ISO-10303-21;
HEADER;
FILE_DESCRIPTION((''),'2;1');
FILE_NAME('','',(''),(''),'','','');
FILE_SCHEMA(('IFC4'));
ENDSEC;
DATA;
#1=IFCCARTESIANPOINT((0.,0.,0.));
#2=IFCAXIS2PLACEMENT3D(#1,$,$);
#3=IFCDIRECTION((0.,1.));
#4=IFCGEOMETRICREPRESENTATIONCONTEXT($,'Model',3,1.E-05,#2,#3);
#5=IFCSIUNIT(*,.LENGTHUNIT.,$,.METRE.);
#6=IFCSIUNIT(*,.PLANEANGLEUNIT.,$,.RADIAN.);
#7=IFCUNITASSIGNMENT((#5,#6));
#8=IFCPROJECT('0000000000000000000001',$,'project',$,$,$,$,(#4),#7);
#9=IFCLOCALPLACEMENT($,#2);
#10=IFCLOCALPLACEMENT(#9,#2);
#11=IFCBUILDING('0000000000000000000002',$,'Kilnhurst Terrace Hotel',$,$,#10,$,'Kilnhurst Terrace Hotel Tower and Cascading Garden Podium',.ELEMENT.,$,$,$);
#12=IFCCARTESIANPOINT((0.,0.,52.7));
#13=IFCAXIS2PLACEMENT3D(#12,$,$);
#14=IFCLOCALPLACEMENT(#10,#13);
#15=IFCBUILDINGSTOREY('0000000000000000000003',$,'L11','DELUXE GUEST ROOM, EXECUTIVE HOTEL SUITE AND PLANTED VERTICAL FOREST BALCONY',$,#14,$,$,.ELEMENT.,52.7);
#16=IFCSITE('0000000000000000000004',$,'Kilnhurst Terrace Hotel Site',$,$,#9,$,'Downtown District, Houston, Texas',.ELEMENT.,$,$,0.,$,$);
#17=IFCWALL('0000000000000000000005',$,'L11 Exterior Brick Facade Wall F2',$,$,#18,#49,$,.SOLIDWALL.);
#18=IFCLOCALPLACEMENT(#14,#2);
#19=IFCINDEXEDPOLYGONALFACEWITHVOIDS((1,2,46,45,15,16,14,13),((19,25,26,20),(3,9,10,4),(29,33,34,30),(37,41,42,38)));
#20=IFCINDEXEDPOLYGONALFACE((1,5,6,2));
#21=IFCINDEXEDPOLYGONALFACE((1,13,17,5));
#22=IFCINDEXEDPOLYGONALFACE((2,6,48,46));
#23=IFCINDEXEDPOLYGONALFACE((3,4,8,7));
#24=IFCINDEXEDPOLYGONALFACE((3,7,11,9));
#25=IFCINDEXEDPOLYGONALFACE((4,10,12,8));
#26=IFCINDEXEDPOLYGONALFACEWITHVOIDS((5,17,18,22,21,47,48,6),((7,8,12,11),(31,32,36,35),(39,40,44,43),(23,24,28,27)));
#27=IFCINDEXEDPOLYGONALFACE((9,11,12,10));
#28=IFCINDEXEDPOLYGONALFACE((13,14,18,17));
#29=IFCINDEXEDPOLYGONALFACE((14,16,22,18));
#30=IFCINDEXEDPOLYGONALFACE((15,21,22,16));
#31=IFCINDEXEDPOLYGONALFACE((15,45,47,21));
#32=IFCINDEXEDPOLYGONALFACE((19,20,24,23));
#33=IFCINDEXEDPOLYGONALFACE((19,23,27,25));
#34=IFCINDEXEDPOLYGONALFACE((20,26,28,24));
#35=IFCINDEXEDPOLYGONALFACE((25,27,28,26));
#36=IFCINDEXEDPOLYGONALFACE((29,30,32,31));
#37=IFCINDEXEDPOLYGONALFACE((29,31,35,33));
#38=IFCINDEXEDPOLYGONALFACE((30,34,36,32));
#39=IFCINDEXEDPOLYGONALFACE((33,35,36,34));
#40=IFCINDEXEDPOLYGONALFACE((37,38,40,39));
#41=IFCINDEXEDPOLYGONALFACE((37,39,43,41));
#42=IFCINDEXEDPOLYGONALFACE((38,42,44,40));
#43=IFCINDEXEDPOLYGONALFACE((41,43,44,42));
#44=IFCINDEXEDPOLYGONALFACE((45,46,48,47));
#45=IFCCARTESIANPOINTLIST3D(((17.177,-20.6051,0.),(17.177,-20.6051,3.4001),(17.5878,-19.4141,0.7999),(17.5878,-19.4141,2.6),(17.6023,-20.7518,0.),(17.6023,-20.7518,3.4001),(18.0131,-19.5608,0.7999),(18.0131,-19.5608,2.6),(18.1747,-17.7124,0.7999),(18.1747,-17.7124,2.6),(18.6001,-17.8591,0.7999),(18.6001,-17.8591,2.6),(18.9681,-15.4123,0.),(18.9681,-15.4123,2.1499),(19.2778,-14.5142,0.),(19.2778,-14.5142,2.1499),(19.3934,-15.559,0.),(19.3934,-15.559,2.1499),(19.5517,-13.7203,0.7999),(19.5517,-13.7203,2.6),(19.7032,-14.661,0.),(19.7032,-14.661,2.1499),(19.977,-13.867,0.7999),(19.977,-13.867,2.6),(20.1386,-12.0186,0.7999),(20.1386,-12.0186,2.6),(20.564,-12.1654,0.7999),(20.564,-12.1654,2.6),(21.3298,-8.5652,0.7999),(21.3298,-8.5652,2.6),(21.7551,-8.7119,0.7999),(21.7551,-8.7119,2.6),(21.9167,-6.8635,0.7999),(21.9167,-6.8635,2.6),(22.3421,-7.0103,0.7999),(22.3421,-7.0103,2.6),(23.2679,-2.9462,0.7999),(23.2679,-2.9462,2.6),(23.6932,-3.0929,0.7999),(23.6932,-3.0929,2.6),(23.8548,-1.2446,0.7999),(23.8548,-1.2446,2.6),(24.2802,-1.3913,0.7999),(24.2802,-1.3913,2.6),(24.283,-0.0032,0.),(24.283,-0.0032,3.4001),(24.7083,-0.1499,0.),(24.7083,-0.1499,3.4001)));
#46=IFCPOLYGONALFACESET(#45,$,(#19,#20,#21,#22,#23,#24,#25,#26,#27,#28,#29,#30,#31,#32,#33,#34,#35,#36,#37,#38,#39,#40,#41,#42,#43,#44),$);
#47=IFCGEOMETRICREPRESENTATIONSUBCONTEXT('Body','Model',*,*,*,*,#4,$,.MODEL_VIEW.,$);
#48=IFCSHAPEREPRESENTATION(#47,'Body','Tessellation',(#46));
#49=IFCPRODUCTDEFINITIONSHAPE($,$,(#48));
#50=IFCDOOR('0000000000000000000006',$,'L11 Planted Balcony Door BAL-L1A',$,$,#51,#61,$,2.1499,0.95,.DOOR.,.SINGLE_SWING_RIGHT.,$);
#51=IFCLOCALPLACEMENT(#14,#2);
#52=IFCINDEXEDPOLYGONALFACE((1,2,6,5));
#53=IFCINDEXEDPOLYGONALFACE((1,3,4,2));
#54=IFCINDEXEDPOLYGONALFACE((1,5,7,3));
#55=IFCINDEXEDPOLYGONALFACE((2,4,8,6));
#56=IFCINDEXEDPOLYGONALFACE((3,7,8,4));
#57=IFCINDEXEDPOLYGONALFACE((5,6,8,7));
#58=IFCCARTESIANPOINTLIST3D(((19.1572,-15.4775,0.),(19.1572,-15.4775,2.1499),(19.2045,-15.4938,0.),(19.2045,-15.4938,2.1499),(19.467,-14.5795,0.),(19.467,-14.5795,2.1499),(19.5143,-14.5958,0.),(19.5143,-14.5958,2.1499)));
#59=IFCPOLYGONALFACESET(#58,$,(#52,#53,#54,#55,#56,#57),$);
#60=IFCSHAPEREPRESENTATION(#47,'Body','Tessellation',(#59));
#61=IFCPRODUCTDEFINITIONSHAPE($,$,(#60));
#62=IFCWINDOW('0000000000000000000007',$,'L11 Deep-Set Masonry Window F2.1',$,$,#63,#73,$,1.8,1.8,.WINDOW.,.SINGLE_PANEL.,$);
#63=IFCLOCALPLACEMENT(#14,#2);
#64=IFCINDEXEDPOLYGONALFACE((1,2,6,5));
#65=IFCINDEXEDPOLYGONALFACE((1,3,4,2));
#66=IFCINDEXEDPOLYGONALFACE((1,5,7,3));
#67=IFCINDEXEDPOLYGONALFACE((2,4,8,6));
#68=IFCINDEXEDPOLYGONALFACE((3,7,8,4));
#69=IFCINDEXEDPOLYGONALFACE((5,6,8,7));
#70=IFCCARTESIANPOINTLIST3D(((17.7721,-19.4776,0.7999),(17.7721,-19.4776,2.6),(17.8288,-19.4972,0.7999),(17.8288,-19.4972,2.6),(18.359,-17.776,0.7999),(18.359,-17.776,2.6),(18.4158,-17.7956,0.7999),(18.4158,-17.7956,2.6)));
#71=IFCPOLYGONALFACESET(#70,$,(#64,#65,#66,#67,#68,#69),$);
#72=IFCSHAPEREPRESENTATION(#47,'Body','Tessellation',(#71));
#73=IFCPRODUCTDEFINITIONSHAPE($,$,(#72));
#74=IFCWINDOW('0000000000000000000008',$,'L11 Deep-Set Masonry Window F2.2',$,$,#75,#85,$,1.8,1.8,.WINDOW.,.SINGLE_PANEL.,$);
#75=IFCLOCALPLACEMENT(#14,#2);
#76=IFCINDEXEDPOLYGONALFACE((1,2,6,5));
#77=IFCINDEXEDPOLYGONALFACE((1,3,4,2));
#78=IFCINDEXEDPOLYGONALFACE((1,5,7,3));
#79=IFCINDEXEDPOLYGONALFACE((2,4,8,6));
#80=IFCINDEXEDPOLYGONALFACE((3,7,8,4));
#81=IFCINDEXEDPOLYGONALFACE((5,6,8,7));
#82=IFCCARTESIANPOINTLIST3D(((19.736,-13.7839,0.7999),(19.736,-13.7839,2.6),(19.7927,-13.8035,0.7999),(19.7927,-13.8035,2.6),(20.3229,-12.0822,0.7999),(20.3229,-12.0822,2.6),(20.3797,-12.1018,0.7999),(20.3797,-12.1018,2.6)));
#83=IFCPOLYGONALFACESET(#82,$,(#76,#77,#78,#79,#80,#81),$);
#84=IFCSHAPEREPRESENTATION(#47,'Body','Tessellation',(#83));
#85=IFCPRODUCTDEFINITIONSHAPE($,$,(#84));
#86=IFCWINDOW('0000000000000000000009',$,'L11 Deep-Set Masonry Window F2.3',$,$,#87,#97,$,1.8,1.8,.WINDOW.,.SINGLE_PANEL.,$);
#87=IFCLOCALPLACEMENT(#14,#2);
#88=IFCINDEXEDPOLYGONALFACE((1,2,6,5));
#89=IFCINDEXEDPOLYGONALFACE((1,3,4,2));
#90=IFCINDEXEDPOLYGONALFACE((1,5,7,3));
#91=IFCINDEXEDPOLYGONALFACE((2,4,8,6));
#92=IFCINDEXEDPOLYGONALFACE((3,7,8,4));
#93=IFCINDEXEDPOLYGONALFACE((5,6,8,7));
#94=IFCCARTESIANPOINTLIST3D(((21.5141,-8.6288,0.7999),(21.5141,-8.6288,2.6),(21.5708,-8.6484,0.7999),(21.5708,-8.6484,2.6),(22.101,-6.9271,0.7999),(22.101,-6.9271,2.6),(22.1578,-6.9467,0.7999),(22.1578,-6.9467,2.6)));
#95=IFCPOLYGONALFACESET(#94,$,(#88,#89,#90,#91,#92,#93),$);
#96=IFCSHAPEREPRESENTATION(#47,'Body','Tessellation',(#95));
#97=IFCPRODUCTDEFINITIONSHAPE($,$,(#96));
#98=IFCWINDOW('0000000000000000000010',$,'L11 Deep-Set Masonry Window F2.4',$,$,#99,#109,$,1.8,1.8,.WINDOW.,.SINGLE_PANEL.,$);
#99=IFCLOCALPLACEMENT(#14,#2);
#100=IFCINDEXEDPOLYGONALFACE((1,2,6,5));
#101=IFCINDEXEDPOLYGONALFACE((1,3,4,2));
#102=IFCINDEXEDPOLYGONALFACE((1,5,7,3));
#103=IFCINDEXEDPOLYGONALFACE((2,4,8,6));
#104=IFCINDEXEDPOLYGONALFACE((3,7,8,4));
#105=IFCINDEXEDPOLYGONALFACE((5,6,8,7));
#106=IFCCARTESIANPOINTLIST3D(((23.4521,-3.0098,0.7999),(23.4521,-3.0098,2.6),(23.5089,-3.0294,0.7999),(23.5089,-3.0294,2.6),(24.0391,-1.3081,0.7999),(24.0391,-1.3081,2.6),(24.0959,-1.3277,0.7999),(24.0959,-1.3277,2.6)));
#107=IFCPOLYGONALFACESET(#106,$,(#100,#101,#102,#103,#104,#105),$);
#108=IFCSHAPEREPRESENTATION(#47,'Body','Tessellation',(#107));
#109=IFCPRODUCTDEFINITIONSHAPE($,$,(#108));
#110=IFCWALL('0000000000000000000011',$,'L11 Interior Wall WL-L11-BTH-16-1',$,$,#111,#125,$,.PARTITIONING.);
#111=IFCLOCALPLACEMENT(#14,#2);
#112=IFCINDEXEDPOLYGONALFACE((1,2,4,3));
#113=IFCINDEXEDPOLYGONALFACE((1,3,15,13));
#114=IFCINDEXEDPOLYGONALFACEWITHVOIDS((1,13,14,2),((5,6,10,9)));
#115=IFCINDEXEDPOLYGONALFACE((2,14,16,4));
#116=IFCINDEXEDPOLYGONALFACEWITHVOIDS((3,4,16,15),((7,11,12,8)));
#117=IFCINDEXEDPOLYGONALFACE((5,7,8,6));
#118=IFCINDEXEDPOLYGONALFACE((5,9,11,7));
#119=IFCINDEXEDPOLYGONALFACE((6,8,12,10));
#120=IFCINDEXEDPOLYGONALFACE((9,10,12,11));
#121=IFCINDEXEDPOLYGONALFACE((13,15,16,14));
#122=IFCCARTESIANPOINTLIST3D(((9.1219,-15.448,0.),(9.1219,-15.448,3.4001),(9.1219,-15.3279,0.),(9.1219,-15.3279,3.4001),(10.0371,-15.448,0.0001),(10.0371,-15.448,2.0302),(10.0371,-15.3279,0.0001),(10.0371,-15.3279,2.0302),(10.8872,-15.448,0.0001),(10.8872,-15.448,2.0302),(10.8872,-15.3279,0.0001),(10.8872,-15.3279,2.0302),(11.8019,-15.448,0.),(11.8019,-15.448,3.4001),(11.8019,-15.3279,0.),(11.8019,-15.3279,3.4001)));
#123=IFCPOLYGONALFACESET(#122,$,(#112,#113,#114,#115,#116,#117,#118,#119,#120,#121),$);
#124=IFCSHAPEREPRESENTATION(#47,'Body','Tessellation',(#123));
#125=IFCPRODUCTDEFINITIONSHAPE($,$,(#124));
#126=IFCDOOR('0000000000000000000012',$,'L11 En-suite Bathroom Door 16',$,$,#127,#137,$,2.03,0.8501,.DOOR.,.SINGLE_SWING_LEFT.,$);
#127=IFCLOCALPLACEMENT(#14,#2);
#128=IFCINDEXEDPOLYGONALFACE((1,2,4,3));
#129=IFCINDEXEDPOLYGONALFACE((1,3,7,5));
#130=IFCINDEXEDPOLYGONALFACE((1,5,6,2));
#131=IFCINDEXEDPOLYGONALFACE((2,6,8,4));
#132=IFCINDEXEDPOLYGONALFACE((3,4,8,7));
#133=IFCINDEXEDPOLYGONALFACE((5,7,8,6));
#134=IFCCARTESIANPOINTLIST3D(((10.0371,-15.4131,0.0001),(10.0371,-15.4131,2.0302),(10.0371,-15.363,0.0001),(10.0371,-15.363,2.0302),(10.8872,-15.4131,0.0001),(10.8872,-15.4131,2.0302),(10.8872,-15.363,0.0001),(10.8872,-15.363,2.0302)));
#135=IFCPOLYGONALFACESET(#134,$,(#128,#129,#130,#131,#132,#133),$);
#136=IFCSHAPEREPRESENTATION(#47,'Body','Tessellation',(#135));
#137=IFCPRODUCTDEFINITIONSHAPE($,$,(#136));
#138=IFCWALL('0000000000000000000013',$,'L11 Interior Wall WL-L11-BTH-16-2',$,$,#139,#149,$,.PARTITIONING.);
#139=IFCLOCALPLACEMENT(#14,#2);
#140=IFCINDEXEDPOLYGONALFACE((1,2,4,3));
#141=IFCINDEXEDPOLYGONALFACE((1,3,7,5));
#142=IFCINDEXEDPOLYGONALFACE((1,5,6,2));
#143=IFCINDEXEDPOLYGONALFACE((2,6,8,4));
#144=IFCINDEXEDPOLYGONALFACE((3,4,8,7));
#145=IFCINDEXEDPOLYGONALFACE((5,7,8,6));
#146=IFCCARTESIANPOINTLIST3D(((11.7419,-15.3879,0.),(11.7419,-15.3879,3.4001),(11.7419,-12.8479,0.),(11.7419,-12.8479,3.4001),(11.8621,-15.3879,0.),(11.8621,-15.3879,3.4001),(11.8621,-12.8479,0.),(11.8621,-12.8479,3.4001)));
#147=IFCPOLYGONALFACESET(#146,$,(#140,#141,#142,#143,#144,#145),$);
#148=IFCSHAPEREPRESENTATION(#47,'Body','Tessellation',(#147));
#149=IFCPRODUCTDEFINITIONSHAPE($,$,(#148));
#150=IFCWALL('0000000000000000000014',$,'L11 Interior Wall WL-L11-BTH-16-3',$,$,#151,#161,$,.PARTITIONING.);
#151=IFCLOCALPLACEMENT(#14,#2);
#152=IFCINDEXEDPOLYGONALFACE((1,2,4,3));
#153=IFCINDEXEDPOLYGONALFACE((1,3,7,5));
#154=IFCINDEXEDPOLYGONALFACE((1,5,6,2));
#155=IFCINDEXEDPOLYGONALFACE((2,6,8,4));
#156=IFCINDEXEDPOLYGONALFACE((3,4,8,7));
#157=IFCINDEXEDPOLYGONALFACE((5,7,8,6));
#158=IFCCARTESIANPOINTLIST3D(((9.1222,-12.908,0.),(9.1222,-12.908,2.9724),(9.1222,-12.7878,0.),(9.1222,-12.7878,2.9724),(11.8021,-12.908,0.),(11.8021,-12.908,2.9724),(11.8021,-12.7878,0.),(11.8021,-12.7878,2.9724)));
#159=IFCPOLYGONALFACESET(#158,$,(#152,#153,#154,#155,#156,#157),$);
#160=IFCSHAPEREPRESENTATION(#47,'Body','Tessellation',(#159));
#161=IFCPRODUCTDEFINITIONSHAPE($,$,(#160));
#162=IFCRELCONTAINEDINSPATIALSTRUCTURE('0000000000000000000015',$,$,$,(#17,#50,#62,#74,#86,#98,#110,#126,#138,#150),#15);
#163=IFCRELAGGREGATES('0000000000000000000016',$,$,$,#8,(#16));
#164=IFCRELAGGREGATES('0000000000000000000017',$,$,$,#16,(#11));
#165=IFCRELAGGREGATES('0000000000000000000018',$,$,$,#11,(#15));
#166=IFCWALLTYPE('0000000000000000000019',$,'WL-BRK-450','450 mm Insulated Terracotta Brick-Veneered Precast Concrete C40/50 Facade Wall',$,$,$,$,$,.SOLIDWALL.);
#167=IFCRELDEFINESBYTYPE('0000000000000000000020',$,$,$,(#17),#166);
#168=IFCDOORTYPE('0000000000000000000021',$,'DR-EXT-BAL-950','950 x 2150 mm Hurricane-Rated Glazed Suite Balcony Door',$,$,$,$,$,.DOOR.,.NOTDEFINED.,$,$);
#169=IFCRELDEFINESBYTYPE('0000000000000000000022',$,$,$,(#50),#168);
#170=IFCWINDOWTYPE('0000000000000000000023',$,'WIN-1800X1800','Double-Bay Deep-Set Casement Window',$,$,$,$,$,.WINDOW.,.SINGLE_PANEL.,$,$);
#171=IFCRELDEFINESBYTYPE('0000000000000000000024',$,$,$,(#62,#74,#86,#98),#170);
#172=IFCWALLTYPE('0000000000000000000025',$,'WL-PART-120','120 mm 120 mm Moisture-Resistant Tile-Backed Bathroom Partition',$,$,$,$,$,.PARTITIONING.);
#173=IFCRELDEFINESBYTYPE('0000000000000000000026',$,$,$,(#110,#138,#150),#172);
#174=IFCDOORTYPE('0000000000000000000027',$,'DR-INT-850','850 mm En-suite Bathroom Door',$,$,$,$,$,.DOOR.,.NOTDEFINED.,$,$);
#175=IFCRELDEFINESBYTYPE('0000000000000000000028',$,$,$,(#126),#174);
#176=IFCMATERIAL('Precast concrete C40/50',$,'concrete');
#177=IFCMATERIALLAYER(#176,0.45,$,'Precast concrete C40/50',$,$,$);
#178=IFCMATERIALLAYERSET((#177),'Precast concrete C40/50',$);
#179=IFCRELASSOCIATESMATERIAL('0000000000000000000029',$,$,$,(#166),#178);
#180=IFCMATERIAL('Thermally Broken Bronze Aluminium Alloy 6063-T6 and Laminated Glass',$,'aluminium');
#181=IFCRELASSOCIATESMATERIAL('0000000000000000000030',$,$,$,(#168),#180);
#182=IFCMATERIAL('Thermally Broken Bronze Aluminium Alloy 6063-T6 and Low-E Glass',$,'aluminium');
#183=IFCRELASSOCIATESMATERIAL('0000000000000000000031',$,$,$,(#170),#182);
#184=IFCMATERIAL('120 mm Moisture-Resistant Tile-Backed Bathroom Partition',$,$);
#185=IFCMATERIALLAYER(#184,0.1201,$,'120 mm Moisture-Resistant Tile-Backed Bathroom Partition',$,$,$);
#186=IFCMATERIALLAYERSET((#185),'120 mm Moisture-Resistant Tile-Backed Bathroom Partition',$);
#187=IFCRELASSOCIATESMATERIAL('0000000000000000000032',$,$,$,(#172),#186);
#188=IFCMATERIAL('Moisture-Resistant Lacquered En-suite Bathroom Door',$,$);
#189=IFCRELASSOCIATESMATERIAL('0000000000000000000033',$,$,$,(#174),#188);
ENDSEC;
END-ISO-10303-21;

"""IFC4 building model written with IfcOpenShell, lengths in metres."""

from ifc_helpers import new_model, si_unit, direction, frame, frame_2d, origin, place, context, subcontext, project, spatial, rectangle, extrude, material, layer, layer_set, type_object, element, fill, save


model = new_model("IFC4")

# Units and contexts
model_context = context("Model", 3, precision=1e-05, world=origin(), true_north=direction((0.0, 1.0)))
body_context = subcontext(model_context, "Body", "Model", "MODEL_VIEW")
ifc_project = project(units=[si_unit("LENGTHUNIT", "METRE"), si_unit("PLANEANGLEUNIT", "RADIAN")], contexts=[model_context])

# Site, building, storey
site_placement = place(None, origin())
site = spatial("IfcSite", under=ifc_project, at=site_placement, Name="Kilnhurst Terrace Hotel Site", LongName="Downtown District, Houston, Texas", CompositionType="ELEMENT", RefElevation=0.0)
building_placement = place(site_placement, origin())
building = spatial("IfcBuilding", under=site, at=building_placement, Name="Kilnhurst Terrace Hotel", LongName="Kilnhurst Terrace Hotel Tower and Cascading Garden Podium", CompositionType="ELEMENT")
storey_placement = place(building_placement, frame((0.0, 0.0, 52.7)))
storey = spatial("IfcBuildingStorey", under=building, at=storey_placement, Name="L11", Description="DELUXE GUEST ROOM, EXECUTIVE HOTEL SUITE AND PLANTED VERTICAL FOREST BALCONY", CompositionType="ELEMENT", Elevation=52.7)

# Shared definitions
ifc_material_1 = material(Name="Precast concrete C40/50", Category="concrete")
ifc_layer_1 = layer(ifc_material_1, 0.45, Name="Precast concrete C40/50")
ifc_layer_set_1 = layer_set([ifc_layer_1], Name="Precast concrete C40/50")
wall_type_1 = type_object("IfcWallType", Name="WL-BRK-450", Description="450 mm Insulated Terracotta Brick-Veneered Precast Concrete C40/50 Facade Wall", PredefinedType="SOLIDWALL", material=ifc_layer_set_1)

# Wall, openings, door, windows
wall_1_placement = place(storey_placement, frame((17.3896, -20.6785, 0.0), z_axis=(0.0, 0.0, 1.0), x_axis=(0.326068, 0.945346, 0.0)))
wall_1 = element("IfcWall", 1, at=wall_1_placement, inside=storey, type_object=wall_type_1, Name="L11 Exterior Brick Facade Wall F2", PredefinedType="SOLIDWALL", context=body_context, shape_type="SweptSolid", body=[
    extrude(rectangle(XDim=21.793, YDim=0.45, at=frame_2d((10.8965, 0.0))), origin(), (0.0, 0.0, 1.0), 3.4001),
])
opening_1_placement = place(wall_1_placement, frame((5.4929, 0.0, 0.0)))
opening_1 = element("IfcOpeningElement", 2, at=opening_1_placement, cuts=wall_1, PredefinedType="OPENING", context=body_context, shape_type="SweptSolid", body=[
    extrude(rectangle(XDim=0.95, YDim=2.1499, at=frame_2d((0.4751, 1.075))), frame((0.0, 0.2349, 0.0), z_axis=(0.0, -1.0, 0.0), x_axis=(1.0, 0.0, 0.0)), (0.0, 0.0, 1.0), 0.47),
])
opening_2_placement = place(wall_1_placement, frame((1.26, 0.0, 0.8)))
opening_2 = element("IfcOpeningElement", 3, at=opening_2_placement, cuts=wall_1, PredefinedType="OPENING", context=body_context, shape_type="SweptSolid", body=[
    extrude(rectangle(XDim=1.8, YDim=1.8, at=frame_2d((0.8999, 0.8999))), frame((0.0, 0.2349, 0.0), z_axis=(0.0, -1.0, 0.0), x_axis=(1.0, 0.0, 0.0)), (0.0, 0.0, 1.0), 0.47),
])
opening_3_placement = place(wall_1_placement, frame((7.283, 0.0, 0.8)))
opening_3 = element("IfcOpeningElement", 4, at=opening_3_placement, cuts=wall_1, PredefinedType="OPENING", context=body_context, shape_type="SweptSolid", body=[
    extrude(rectangle(XDim=1.8, YDim=1.8, at=frame_2d((0.8999, 0.8999))), frame((0.0, 0.2349, 0.0), z_axis=(0.0, -1.0, 0.0), x_axis=(1.0, 0.0, 0.0)), (0.0, 0.0, 1.0), 0.47),
])
opening_4_placement = place(wall_1_placement, frame((12.7361, 0.0, 0.8)))
opening_4 = element("IfcOpeningElement", 5, at=opening_4_placement, cuts=wall_1, PredefinedType="OPENING", context=body_context, shape_type="SweptSolid", body=[
    extrude(rectangle(XDim=1.8, YDim=1.8, at=frame_2d((0.8999, 0.8999))), frame((0.0, 0.2349, 0.0), z_axis=(0.0, -1.0, 0.0), x_axis=(1.0, 0.0, 0.0)), (0.0, 0.0, 1.0), 0.47),
])
opening_5_placement = place(wall_1_placement, frame((18.6799, 0.0, 0.8)))
opening_5 = element("IfcOpeningElement", 6, at=opening_5_placement, cuts=wall_1, PredefinedType="OPENING", context=body_context, shape_type="SweptSolid", body=[
    extrude(rectangle(XDim=1.8, YDim=1.8, at=frame_2d((0.8999, 0.8999))), frame((0.0, 0.2349, 0.0), z_axis=(0.0, -1.0, 0.0), x_axis=(1.0, 0.0, 0.0)), (0.0, 0.0, 1.0), 0.47),
])
ifc_material_2 = material(Name="Thermally Broken Bronze Aluminium Alloy 6063-T6 and Laminated Glass", Category="aluminium")
door_type_1 = type_object("IfcDoorType", Name="DR-EXT-BAL-950", Description="950 x 2150 mm Hurricane-Rated Glazed Suite Balcony Door", OperationType="NOTDEFINED", PredefinedType="DOOR", material=ifc_material_2)
door_1_placement = place(opening_1_placement, origin())
door_1 = element("IfcDoor", 7, at=door_1_placement, inside=storey, type_object=door_type_1, Name="L11 Planted Balcony Door BAL-L1A", OperationType="SINGLE_SWING_RIGHT", OverallHeight=2.1499, OverallWidth=0.95, PredefinedType="DOOR", context=body_context, shape_type="SweptSolid", body=[
    extrude(rectangle(XDim=0.95, YDim=2.1499, at=frame_2d((0.4751, 1.075))), frame((0.0, 0.0249, 0.0), z_axis=(0.0, -1.0, 0.0), x_axis=(1.0, 0.0, 0.0)), (0.0, 0.0, 1.0), 0.05),
])
fill(opening_1, door_1)
ifc_material_3 = material(Name="Thermally Broken Bronze Aluminium Alloy 6063-T6 and Low-E Glass", Category="aluminium")
window_type = type_object("IfcWindowType", Name="WIN-1800X1800", Description="Double-Bay Deep-Set Casement Window", PartitioningType="SINGLE_PANEL", PredefinedType="WINDOW", material=ifc_material_3)
window_1_placement = place(opening_2_placement, origin())
window_1 = element("IfcWindow", 8, at=window_1_placement, inside=storey, type_object=window_type, Name="L11 Deep-Set Masonry Window F2.1", OverallHeight=1.8, OverallWidth=1.8, PartitioningType="SINGLE_PANEL", PredefinedType="WINDOW", context=body_context, shape_type="SweptSolid", body=[
    extrude(rectangle(XDim=1.8, YDim=1.8, at=frame_2d((0.8999, 0.8999))), frame((0.0, 0.03, 0.0), z_axis=(0.0, -1.0, 0.0), x_axis=(1.0, 0.0, 0.0)), (0.0, 0.0, 1.0), 0.0601),
])
fill(opening_2, window_1)
window_2_placement = place(opening_3_placement, origin())
window_2 = element("IfcWindow", 9, at=window_2_placement, inside=storey, type_object=window_type, Name="L11 Deep-Set Masonry Window F2.2", OverallHeight=1.8, OverallWidth=1.8, PartitioningType="SINGLE_PANEL", PredefinedType="WINDOW", context=body_context, shape_type="SweptSolid", body=[
    extrude(rectangle(XDim=1.8, YDim=1.8, at=frame_2d((0.8999, 0.8999))), frame((0.0, 0.03, 0.0), z_axis=(0.0, -1.0, 0.0), x_axis=(1.0, 0.0, 0.0)), (0.0, 0.0, 1.0), 0.0601),
])
fill(opening_3, window_2)
window_3_placement = place(opening_4_placement, origin())
window_3 = element("IfcWindow", 10, at=window_3_placement, inside=storey, type_object=window_type, Name="L11 Deep-Set Masonry Window F2.3", OverallHeight=1.8, OverallWidth=1.8, PartitioningType="SINGLE_PANEL", PredefinedType="WINDOW", context=body_context, shape_type="SweptSolid", body=[
    extrude(rectangle(XDim=1.8, YDim=1.8, at=frame_2d((0.8999, 0.8999))), frame((0.0, 0.03, 0.0), z_axis=(0.0, -1.0, 0.0), x_axis=(1.0, 0.0, 0.0)), (0.0, 0.0, 1.0), 0.0601),
])
fill(opening_4, window_3)
window_4_placement = place(opening_5_placement, origin())
window_4 = element("IfcWindow", 11, at=window_4_placement, inside=storey, type_object=window_type, Name="L11 Deep-Set Masonry Window F2.4", OverallHeight=1.8, OverallWidth=1.8, PartitioningType="SINGLE_PANEL", PredefinedType="WINDOW", context=body_context, shape_type="SweptSolid", body=[
    extrude(rectangle(XDim=1.8, YDim=1.8, at=frame_2d((0.8999, 0.8999))), frame((0.0, 0.03, 0.0), z_axis=(0.0, -1.0, 0.0), x_axis=(1.0, 0.0, 0.0)), (0.0, 0.0, 1.0), 0.0601),
])
fill(opening_5, window_4)

# Wall, opening, door
ifc_material_4 = material(Name="120 mm Moisture-Resistant Tile-Backed Bathroom Partition")
ifc_layer_2 = layer(ifc_material_4, 0.1201, Name="120 mm Moisture-Resistant Tile-Backed Bathroom Partition")
ifc_layer_set_2 = layer_set([ifc_layer_2], Name="120 mm Moisture-Resistant Tile-Backed Bathroom Partition")
wall_type_2 = type_object("IfcWallType", Name="WL-PART-120", Description="120 mm 120 mm Moisture-Resistant Tile-Backed Bathroom Partition", PredefinedType="PARTITIONING", material=ifc_layer_set_2)
wall_2_placement = place(storey_placement, frame((9.1221, -15.3879, 0.0), z_axis=(0.0, 0.0, 1.0), x_axis=(1.0, 0.0, 0.0)))
wall_2 = element("IfcWall", 12, at=wall_2_placement, inside=storey, type_object=wall_type_2, Name="L11 Interior Wall WL-L11-BTH-16-1", PredefinedType="PARTITIONING", context=body_context, shape_type="SweptSolid", body=[
    extrude(rectangle(XDim=2.6799, YDim=0.1201, at=frame_2d((1.3398, 0.0))), origin(), (0.0, 0.0, 1.0), 3.4001),
])
opening_6_placement = place(wall_2_placement, frame((0.915, 0.0, 0.0)))
opening_6 = element("IfcOpeningElement", 13, at=opening_6_placement, cuts=wall_2, PredefinedType="OPENING", context=body_context, shape_type="SweptSolid", body=[
    extrude(rectangle(XDim=0.8501, YDim=2.03, at=frame_2d((0.425, 1.0151))), frame((0.0, 0.0701, 0.0), z_axis=(0.0, -1.0, 0.0), x_axis=(1.0, 0.0, 0.0)), (0.0, 0.0, 1.0), 0.1401),
])
ifc_material_5 = material(Name="Moisture-Resistant Lacquered En-suite Bathroom Door")
door_type_2 = type_object("IfcDoorType", Name="DR-INT-850", Description="850 mm En-suite Bathroom Door", OperationType="NOTDEFINED", PredefinedType="DOOR", material=ifc_material_5)
door_2_placement = place(opening_6_placement, origin())
door_2 = element("IfcDoor", 14, at=door_2_placement, inside=storey, type_object=door_type_2, Name="L11 En-suite Bathroom Door 16", OperationType="SINGLE_SWING_LEFT", OverallHeight=2.03, OverallWidth=0.8501, PredefinedType="DOOR", context=body_context, shape_type="SweptSolid", body=[
    extrude(rectangle(XDim=0.8501, YDim=2.03, at=frame_2d((0.425, 1.0151))), frame((0.0, 0.0249, 0.0), z_axis=(0.0, -1.0, 0.0), x_axis=(1.0, 0.0, 0.0)), (0.0, 0.0, 1.0), 0.05),
])
fill(opening_6, door_2)

# Walls
wall_3_placement = place(storey_placement, frame((11.802, -15.3879, 0.0), z_axis=(0.0, 0.0, 1.0), x_axis=(0.0, 1.0, 0.0)))
element("IfcWall", 15, at=wall_3_placement, inside=storey, type_object=wall_type_2, Name="L11 Interior Wall WL-L11-BTH-16-2", PredefinedType="PARTITIONING", context=body_context, shape_type="SweptSolid", body=[
    extrude(rectangle(XDim=2.54, YDim=0.1201, at=frame_2d((1.27, 0.0))), origin(), (0.0, 0.0, 1.0), 3.4001),
])
wall_4_placement = place(storey_placement, frame((11.802, -12.8479, 0.0), z_axis=(0.0, 0.0, 1.0), x_axis=(-1.0, 0.0, 0.0)))
element("IfcWall", 16, at=wall_4_placement, inside=storey, type_object=wall_type_2, Name="L11 Interior Wall WL-L11-BTH-16-3", PredefinedType="PARTITIONING", context=body_context, shape_type="SweptSolid", body=[
    extrude(rectangle(XDim=2.6799, YDim=0.1201, at=frame_2d((1.3398, 0.0))), origin(), (0.0, 0.0, 1.0), 2.9724),
])

save(model, "model.ifc")
